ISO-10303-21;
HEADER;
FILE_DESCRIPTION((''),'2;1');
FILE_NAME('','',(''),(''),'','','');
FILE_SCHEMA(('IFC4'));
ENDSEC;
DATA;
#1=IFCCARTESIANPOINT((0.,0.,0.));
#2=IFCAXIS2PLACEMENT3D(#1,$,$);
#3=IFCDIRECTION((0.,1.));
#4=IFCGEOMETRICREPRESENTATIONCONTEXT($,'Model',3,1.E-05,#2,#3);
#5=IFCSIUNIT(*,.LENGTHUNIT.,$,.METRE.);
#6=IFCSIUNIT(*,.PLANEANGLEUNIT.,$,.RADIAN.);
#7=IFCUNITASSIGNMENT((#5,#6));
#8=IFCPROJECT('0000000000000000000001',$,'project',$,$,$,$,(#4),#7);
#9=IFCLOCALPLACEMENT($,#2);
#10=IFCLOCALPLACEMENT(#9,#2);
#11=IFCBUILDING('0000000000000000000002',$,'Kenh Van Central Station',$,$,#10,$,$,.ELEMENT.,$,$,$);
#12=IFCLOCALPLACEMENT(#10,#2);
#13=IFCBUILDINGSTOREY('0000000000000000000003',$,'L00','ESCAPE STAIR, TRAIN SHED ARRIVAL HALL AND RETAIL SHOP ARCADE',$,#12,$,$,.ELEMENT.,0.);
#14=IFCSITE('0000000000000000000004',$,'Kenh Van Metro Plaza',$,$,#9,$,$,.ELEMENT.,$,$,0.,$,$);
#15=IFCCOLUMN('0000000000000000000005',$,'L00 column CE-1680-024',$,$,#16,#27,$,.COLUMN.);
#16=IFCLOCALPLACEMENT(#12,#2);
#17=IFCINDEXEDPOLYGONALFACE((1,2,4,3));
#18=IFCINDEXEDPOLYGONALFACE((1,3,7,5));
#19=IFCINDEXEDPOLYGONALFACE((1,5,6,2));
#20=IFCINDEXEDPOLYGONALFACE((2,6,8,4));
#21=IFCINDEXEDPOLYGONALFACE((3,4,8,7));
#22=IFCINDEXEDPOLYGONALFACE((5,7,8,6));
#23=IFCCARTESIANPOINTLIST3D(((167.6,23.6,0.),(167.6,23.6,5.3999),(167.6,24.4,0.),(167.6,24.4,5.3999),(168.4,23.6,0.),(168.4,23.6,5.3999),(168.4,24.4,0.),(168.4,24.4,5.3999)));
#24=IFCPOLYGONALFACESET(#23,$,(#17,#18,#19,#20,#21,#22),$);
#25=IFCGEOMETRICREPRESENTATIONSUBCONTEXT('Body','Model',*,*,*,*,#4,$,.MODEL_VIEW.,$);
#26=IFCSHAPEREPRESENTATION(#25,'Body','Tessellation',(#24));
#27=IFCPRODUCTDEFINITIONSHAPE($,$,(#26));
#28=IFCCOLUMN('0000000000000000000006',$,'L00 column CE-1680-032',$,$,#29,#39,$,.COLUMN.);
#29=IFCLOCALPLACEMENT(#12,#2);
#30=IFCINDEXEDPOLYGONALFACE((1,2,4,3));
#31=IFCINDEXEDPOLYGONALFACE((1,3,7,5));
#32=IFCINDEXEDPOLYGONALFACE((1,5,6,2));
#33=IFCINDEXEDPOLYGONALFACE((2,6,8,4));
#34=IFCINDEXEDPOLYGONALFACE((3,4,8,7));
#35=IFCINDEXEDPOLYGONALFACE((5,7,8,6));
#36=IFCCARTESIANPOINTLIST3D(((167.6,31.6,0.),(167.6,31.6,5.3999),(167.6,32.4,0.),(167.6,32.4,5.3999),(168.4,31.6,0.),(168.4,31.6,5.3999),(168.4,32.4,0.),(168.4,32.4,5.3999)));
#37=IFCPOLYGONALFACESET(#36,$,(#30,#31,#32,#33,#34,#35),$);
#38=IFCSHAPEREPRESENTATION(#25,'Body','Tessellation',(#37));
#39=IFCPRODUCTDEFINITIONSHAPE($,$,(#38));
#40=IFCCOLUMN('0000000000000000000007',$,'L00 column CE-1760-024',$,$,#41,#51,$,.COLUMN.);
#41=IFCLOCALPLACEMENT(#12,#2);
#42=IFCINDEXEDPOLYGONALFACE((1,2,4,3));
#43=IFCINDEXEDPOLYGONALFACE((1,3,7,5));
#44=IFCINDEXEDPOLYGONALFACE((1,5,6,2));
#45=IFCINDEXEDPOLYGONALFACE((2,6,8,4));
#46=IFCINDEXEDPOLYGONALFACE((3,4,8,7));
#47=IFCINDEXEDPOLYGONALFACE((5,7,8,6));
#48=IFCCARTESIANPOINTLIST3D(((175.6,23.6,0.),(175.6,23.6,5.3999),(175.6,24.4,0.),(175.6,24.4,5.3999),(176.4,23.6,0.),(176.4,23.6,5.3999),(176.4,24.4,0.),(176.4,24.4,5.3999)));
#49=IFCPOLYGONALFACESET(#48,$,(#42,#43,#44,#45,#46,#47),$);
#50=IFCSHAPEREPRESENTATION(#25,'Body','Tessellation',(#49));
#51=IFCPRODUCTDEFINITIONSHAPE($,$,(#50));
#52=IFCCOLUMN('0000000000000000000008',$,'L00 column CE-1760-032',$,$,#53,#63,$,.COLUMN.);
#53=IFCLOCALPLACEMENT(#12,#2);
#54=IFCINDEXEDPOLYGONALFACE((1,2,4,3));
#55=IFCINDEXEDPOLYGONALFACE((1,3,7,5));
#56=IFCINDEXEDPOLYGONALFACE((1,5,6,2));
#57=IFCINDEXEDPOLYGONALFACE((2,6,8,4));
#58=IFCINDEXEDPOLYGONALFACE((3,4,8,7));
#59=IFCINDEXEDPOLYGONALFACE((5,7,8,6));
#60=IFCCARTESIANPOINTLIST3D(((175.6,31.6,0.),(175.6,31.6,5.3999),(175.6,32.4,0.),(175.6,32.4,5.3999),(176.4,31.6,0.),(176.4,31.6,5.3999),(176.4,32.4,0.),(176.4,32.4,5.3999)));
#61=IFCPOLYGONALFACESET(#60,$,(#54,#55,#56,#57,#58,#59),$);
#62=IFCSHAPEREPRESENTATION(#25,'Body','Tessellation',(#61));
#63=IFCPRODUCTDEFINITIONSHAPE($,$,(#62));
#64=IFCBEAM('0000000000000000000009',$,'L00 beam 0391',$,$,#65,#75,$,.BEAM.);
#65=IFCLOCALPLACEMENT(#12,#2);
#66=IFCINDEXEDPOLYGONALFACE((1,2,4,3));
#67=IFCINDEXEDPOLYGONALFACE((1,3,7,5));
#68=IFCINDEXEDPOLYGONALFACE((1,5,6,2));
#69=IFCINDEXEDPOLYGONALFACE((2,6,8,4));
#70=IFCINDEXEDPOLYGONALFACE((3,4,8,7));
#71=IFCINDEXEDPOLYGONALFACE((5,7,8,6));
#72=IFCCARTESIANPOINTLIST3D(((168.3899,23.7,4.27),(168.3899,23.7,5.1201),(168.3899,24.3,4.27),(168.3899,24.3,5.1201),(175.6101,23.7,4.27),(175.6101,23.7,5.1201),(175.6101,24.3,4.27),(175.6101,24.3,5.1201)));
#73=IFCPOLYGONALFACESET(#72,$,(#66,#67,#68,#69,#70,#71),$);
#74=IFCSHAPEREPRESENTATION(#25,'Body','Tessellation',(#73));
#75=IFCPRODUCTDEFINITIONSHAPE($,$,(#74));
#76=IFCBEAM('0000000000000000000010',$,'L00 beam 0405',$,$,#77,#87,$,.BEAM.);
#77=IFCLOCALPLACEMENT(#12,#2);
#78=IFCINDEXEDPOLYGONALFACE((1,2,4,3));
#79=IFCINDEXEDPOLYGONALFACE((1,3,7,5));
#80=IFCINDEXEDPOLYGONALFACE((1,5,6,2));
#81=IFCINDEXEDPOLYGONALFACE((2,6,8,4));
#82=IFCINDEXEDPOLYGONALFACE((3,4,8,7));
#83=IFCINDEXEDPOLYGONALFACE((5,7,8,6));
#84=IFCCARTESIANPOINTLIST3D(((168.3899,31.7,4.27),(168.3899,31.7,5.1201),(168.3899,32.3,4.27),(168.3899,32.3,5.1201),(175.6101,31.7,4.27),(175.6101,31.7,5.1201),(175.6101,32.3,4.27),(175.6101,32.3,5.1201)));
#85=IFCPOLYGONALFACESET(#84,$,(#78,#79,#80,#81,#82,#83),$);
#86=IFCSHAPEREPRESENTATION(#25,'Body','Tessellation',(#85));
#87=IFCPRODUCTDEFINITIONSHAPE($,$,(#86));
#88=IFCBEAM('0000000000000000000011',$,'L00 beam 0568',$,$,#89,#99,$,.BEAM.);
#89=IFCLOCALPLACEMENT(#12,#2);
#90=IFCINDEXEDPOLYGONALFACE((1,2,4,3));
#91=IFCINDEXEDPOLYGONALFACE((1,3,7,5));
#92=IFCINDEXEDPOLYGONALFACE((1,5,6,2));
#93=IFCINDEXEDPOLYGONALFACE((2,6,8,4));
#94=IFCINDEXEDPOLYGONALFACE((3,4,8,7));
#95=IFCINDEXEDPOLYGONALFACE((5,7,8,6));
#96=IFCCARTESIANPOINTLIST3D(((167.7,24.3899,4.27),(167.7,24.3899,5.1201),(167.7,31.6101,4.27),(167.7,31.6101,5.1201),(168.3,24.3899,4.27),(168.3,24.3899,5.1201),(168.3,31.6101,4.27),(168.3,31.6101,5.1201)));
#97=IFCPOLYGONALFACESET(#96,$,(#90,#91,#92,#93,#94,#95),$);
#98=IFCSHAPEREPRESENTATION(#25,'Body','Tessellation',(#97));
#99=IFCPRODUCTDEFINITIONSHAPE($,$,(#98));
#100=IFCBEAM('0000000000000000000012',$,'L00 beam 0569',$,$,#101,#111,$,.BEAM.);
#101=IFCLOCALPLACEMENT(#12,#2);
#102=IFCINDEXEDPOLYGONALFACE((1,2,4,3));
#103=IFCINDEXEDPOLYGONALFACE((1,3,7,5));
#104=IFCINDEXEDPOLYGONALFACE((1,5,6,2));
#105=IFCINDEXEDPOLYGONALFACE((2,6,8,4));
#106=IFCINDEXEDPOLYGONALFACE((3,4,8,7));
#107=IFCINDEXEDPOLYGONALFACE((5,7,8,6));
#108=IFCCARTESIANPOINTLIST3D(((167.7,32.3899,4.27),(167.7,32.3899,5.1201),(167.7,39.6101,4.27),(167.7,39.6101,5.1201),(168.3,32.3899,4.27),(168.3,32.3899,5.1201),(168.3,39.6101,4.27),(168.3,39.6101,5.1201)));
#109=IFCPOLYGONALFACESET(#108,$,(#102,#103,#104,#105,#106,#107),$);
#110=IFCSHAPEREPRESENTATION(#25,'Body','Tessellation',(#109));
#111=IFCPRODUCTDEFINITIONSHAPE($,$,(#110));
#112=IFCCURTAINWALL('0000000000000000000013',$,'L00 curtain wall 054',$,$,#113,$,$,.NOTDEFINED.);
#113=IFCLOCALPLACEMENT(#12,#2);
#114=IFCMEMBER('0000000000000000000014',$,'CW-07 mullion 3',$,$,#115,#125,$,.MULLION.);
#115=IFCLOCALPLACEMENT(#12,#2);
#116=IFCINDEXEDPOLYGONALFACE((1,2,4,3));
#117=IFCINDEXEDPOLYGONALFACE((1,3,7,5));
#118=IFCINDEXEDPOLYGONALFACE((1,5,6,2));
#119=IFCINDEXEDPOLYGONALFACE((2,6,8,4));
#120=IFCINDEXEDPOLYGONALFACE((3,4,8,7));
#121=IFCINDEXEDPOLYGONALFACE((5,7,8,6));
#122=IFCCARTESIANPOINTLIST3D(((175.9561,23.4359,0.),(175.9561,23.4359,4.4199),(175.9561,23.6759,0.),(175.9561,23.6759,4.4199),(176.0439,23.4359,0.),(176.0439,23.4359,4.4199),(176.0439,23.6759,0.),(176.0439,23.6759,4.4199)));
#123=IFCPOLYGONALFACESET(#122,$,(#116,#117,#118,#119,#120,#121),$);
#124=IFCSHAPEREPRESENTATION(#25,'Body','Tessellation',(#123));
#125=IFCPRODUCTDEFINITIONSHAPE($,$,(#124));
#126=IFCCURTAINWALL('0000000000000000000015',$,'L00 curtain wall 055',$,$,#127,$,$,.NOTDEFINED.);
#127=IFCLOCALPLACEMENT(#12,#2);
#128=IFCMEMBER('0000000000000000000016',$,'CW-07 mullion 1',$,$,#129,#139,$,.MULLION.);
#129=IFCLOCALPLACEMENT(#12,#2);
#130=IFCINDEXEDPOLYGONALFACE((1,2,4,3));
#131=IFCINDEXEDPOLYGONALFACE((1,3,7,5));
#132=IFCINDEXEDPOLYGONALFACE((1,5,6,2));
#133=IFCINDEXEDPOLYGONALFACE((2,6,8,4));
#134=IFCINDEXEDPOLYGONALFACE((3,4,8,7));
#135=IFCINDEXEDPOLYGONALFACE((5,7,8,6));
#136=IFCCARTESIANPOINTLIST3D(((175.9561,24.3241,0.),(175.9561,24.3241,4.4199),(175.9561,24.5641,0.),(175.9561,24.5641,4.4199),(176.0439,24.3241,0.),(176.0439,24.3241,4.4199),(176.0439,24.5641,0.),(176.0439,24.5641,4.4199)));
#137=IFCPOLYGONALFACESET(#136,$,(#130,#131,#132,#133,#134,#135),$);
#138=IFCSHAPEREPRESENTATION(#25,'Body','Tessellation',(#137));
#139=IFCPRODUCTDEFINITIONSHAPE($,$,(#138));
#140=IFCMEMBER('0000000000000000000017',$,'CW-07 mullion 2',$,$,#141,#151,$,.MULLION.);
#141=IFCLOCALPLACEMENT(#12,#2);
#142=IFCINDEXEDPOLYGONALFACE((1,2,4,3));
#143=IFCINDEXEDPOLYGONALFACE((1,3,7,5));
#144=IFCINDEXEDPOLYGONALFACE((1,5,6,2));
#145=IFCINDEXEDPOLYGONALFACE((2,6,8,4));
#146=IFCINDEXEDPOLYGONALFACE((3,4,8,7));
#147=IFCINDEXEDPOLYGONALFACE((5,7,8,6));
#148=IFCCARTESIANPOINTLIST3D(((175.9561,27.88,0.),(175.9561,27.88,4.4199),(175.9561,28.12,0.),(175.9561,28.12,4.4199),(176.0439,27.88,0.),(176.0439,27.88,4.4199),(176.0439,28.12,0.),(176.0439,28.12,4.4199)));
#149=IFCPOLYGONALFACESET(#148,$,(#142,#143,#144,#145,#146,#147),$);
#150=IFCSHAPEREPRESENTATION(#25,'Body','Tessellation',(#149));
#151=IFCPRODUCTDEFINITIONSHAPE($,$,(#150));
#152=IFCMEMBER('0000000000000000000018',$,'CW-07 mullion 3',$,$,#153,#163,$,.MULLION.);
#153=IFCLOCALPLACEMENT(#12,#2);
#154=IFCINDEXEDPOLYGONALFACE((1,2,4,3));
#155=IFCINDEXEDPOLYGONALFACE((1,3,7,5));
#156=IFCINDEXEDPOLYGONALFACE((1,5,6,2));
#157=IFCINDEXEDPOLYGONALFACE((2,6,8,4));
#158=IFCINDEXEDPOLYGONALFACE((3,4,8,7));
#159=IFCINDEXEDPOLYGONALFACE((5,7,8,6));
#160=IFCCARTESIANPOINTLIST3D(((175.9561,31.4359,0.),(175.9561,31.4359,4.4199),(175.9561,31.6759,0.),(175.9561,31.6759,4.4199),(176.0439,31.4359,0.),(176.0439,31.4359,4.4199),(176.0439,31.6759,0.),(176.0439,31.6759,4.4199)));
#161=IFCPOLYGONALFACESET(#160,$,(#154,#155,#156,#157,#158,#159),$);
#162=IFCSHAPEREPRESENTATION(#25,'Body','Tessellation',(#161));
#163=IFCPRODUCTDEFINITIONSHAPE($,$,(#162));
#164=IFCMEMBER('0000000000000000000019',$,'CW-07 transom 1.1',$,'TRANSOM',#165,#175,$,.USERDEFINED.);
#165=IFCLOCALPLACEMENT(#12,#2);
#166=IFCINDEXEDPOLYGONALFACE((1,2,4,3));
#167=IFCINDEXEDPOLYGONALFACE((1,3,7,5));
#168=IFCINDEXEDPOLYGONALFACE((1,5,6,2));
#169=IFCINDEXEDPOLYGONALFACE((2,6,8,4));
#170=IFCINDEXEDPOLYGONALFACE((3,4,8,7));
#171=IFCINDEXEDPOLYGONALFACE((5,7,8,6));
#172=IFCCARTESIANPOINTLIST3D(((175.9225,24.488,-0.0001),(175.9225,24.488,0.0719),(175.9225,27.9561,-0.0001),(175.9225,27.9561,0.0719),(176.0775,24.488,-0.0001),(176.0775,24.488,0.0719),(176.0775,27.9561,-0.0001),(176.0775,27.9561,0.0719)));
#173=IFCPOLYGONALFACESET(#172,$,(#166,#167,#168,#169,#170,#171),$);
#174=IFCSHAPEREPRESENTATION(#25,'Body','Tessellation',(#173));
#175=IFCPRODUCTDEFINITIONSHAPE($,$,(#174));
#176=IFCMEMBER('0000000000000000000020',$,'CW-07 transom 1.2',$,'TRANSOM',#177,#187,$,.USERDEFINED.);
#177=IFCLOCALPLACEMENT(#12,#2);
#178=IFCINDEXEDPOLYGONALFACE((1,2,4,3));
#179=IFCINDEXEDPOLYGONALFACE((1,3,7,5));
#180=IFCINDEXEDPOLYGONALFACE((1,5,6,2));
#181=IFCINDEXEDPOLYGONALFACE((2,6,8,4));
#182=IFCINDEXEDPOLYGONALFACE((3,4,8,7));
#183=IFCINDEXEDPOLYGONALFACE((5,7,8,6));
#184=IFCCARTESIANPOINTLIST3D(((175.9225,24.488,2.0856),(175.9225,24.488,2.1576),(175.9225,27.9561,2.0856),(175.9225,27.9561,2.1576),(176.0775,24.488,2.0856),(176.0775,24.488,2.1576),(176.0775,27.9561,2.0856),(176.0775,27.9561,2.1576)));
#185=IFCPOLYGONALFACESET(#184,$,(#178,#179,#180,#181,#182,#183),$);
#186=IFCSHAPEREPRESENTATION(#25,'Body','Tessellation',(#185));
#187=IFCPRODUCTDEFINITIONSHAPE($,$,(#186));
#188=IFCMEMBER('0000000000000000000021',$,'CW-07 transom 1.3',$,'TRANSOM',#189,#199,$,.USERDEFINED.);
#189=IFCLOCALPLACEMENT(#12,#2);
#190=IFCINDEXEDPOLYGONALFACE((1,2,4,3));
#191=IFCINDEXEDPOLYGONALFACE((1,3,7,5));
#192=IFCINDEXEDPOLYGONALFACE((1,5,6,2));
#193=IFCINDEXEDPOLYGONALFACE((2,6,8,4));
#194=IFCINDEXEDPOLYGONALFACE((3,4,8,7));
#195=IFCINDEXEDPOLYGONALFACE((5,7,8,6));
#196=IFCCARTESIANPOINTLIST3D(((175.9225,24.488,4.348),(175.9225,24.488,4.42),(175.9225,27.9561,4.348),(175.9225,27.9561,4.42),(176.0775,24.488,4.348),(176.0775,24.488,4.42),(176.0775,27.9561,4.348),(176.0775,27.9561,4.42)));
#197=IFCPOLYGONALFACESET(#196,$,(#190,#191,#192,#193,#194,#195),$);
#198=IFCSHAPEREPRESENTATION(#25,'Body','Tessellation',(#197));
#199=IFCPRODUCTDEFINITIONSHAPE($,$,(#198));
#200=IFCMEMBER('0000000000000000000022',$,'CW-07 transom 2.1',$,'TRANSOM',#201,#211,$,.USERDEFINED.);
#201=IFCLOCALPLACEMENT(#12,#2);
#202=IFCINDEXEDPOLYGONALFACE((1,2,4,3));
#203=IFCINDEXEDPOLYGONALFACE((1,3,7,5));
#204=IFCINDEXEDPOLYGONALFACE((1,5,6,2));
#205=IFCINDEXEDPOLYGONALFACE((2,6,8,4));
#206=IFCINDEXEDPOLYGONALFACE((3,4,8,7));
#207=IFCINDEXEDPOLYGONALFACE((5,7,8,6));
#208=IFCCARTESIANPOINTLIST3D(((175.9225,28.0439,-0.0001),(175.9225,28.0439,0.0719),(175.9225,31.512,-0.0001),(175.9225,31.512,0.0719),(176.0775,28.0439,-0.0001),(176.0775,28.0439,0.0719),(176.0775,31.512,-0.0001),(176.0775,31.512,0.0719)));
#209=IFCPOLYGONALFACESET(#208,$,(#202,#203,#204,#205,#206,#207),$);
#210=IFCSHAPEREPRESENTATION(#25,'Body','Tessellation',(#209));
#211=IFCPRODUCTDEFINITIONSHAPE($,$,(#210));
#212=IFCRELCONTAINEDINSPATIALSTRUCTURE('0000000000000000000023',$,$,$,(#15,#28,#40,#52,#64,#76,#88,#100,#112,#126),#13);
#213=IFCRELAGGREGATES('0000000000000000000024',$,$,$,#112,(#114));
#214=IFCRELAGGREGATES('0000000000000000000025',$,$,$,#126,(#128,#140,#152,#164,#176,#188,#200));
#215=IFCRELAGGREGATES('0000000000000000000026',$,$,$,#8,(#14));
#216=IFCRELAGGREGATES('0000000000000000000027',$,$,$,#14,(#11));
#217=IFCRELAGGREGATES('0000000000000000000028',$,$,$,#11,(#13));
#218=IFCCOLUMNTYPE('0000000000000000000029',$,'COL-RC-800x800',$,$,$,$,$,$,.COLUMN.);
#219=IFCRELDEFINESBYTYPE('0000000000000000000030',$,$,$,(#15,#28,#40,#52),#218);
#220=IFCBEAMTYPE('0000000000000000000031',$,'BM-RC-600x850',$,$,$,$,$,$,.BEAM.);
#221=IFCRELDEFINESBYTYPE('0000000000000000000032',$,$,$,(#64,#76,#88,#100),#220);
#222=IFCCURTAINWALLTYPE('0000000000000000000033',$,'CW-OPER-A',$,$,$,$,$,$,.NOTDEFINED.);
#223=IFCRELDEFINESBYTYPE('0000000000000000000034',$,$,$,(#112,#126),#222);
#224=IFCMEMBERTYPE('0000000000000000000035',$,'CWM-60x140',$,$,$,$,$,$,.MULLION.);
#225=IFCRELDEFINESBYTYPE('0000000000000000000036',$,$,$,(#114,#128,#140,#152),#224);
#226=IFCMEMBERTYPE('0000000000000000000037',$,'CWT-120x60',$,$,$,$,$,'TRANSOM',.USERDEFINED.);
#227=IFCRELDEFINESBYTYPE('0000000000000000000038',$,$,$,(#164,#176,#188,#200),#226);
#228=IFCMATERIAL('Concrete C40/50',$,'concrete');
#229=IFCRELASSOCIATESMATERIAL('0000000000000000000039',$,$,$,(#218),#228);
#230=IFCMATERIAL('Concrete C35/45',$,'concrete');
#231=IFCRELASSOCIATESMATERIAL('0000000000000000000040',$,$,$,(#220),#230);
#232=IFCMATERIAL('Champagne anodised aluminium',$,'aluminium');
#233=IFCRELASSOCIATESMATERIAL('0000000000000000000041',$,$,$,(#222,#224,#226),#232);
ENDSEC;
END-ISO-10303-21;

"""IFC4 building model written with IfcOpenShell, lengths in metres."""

from ifc_helpers import new_model, si_unit, direction, frame, origin, origin_2d, place, context, subcontext, project, spatial, rectangle, extrude, material, material_profile, profile_set, type_object, element, aggregate, save


model = new_model("IFC4")

# Units and contexts
model_context = context("Model", 3, precision=1e-05, world=origin(), true_north=direction((0.0, 1.0)))
body_context = subcontext(model_context, "Body", "Model", "MODEL_VIEW")
ifc_project = project(units=[si_unit("LENGTHUNIT", "METRE"), si_unit("PLANEANGLEUNIT", "RADIAN")], contexts=[model_context])

# Site, building, storey
site_placement = place(None, origin())
site = spatial("IfcSite", under=ifc_project, at=site_placement, Name="Kenh Van Metro Plaza", CompositionType="ELEMENT", RefElevation=0.0)
building_placement = place(site_placement, origin())
building = spatial("IfcBuilding", under=site, at=building_placement, Name="Kenh Van Central Station", CompositionType="ELEMENT")
storey_placement = place(building_placement, origin())
storey = spatial("IfcBuildingStorey", under=building, at=storey_placement, Name="L00", Description="ESCAPE STAIR, TRAIN SHED ARRIVAL HALL AND RETAIL SHOP ARCADE", CompositionType="ELEMENT", Elevation=0.0)

# Columns
ifc_material_1 = material(Name="Concrete C40/50", Category="concrete")
ifc_material_profile_1 = material_profile(ifc_material_1, rectangle(XDim=0.8, YDim=0.8, at=origin_2d()), Name="RC 800x800")
ifc_profile_set_1 = profile_set([ifc_material_profile_1], Name="Concrete C40/50")
column_type = type_object("IfcColumnType", Name="COL-RC-800x800", PredefinedType="COLUMN", material=ifc_profile_set_1)
for number, where, z_axis, x_axis, name in (
    (1, (168.0, 24.0, 0.0), (0.0, 0.0, 1.0), (1.0, 0.0, 0.0), "L00 column CE-1680-024"),
    (2, (168.0, 32.0, 0.0), (0.0, 0.0, 1.0), (1.0, 0.0, 0.0), "L00 column CE-1680-032"),
    (3, (176.0, 24.0, 0.0), (0.0, 0.0, 1.0), (1.0, 0.0, 0.0), "L00 column CE-1760-024"),
    (4, (176.0, 32.0, 0.0), (0.0, 0.0, 1.0), (1.0, 0.0, 0.0), "L00 column CE-1760-032"),
):
    element("IfcColumn", number, at=place(storey_placement, frame(where, z_axis=z_axis, x_axis=x_axis)), inside=storey, type_object=column_type, Name=name, PredefinedType="COLUMN", context=body_context, shape_type="SweptSolid", body=[
        extrude(rectangle(XDim=0.8, YDim=0.8, at=origin_2d()), origin(), (0.0, 0.0, 1.0), 5.3999),
    ])

# Beams
ifc_material_2 = material(Name="Concrete C35/45", Category="concrete")
ifc_material_profile_2 = material_profile(ifc_material_2, rectangle(XDim=0.6001, YDim=0.8501, at=origin_2d()), Name="RC 600x850")
ifc_profile_set_2 = profile_set([ifc_material_profile_2], Name="Concrete C35/45")
beam_type_1 = type_object("IfcBeamType", Name="BM-RC-600x850", PredefinedType="BEAM", material=ifc_profile_set_2)
for number, where, z_axis, x_axis, name in (
    (5, (168.3899, 24.0, 4.6951), (1.0, 0.0, 0.0), (0.0, 1.0, 0.0), "L00 beam 0391"),
    (6, (168.3899, 32.0, 4.6951), (1.0, 0.0, 0.0), (0.0, 1.0, 0.0), "L00 beam 0405"),
    (7, (168.0, 24.3899, 4.6951), (0.0, 1.0, 0.0), (-1.0, 0.0, 0.0), "L00 beam 0568"),
    (8, (168.0, 32.3899, 4.6951), (0.0, 1.0, 0.0), (-1.0, 0.0, 0.0), "L00 beam 0569"),
):
    element("IfcBeam", number, at=place(storey_placement, frame(where, z_axis=z_axis, x_axis=x_axis)), inside=storey, type_object=beam_type_1, Name=name, PredefinedType="BEAM", context=body_context, shape_type="SweptSolid", body=[
        extrude(rectangle(XDim=0.6001, YDim=0.8501, at=origin_2d()), origin(), (0.0, 0.0, 1.0), 7.2202),
    ])

# Curtain wall, member
ifc_material_3 = material(Name="Champagne anodised aluminium", Category="aluminium")
curtain_wall_type = type_object("IfcCurtainWallType", Name="CW-OPER-A", PredefinedType="NOTDEFINED", material=ifc_material_3)
curtain_wall_1_placement = place(storey_placement, origin())
curtain_wall_1 = element("IfcCurtainWall", 9, at=curtain_wall_1_placement, inside=storey, type_object=curtain_wall_type, Name="L00 curtain wall 054", PredefinedType="NOTDEFINED")
ifc_material_profile_3 = material_profile(ifc_material_3, rectangle(XDim=0.0879, YDim=0.24, at=origin_2d()), Name="AL 88x240")
ifc_profile_set_3 = profile_set([ifc_material_profile_3], Name="Champagne anodised aluminium")
member_type_1 = type_object("IfcMemberType", Name="CWM-60x140", PredefinedType="MULLION", material=ifc_profile_set_3)
member_1_placement = place(storey_placement, frame((176.0, 23.5559, 0.0), z_axis=(0.0, 0.0, 1.0), x_axis=(-1.0, 0.0, 0.0)))
member_1 = element("IfcMember", 10, at=member_1_placement, type_object=member_type_1, Name="CW-07 mullion 3", PredefinedType="MULLION", context=body_context, shape_type="SweptSolid", body=[
    extrude(rectangle(XDim=0.0879, YDim=0.24, at=origin_2d()), origin(), (0.0, 0.0, 1.0), 4.4199),
])

# Curtain wall, members
curtain_wall_2_placement = place(storey_placement, origin())
curtain_wall_2 = element("IfcCurtainWall", 11, at=curtain_wall_2_placement, inside=storey, type_object=curtain_wall_type, Name="L00 curtain wall 055", PredefinedType="NOTDEFINED")
member_2_placement = place(storey_placement, frame((176.0, 24.4441, 0.0), z_axis=(0.0, 0.0, 1.0), x_axis=(-1.0, 0.0, 0.0)))
member_2 = element("IfcMember", 12, at=member_2_placement, type_object=member_type_1, Name="CW-07 mullion 1", PredefinedType="MULLION", context=body_context, shape_type="SweptSolid", body=[
    extrude(rectangle(XDim=0.0879, YDim=0.24, at=origin_2d()), origin(), (0.0, 0.0, 1.0), 4.4199),
])
member_3_placement = place(storey_placement, frame((176.0, 28.0, 0.0), z_axis=(0.0, 0.0, 1.0), x_axis=(-1.0, 0.0, 0.0)))
member_3 = element("IfcMember", 13, at=member_3_placement, type_object=member_type_1, Name="CW-07 mullion 2", PredefinedType="MULLION", context=body_context, shape_type="SweptSolid", body=[
    extrude(rectangle(XDim=0.0879, YDim=0.24, at=origin_2d()), origin(), (0.0, 0.0, 1.0), 4.4199),
])
member_4_placement = place(storey_placement, frame((176.0, 31.5559, 0.0), z_axis=(0.0, 0.0, 1.0), x_axis=(-1.0, 0.0, 0.0)))
member_4 = element("IfcMember", 14, at=member_4_placement, type_object=member_type_1, Name="CW-07 mullion 3", PredefinedType="MULLION", context=body_context, shape_type="SweptSolid", body=[
    extrude(rectangle(XDim=0.0879, YDim=0.24, at=origin_2d()), origin(), (0.0, 0.0, 1.0), 4.4199),
])
ifc_material_profile_4 = material_profile(ifc_material_3, rectangle(XDim=0.155, YDim=0.072, at=origin_2d()), Name="AL 155x72")
ifc_profile_set_4 = profile_set([ifc_material_profile_4], Name="Champagne anodised aluminium")
member_type_2 = type_object("IfcMemberType", Name="CWT-120x60", ElementType="TRANSOM", PredefinedType="USERDEFINED", material=ifc_profile_set_4)
member_5_placement = place(storey_placement, frame((176.0, 24.488, 0.0359), z_axis=(0.0, 1.0, 0.0), x_axis=(-1.0, 0.0, 0.0)))
member_5 = element("IfcMember", 15, at=member_5_placement, type_object=member_type_2, Name="CW-07 transom 1.1", ObjectType="TRANSOM", PredefinedType="USERDEFINED", context=body_context, shape_type="SweptSolid", body=[
    extrude(rectangle(XDim=0.155, YDim=0.072, at=origin_2d()), origin(), (0.0, 0.0, 1.0), 3.468),
])
member_6_placement = place(storey_placement, frame((176.0, 24.488, 2.1216), z_axis=(0.0, 1.0, 0.0), x_axis=(-1.0, 0.0, 0.0)))
member_6 = element("IfcMember", 16, at=member_6_placement, type_object=member_type_2, Name="CW-07 transom 1.2", ObjectType="TRANSOM", PredefinedType="USERDEFINED", context=body_context, shape_type="SweptSolid", body=[
    extrude(rectangle(XDim=0.155, YDim=0.072, at=origin_2d()), origin(), (0.0, 0.0, 1.0), 3.468),
])
member_7_placement = place(storey_placement, frame((176.0, 24.488, 4.384), z_axis=(0.0, 1.0, 0.0), x_axis=(-1.0, 0.0, 0.0)))
member_7 = element("IfcMember", 17, at=member_7_placement, type_object=member_type_2, Name="CW-07 transom 1.3", ObjectType="TRANSOM", PredefinedType="USERDEFINED", context=body_context, shape_type="SweptSolid", body=[
    extrude(rectangle(XDim=0.155, YDim=0.072, at=origin_2d()), origin(), (0.0, 0.0, 1.0), 3.468),
])
member_8_placement = place(storey_placement, frame((176.0, 28.0439, 0.0359), z_axis=(0.0, 1.0, 0.0), x_axis=(-1.0, 0.0, 0.0)))
member_8 = element("IfcMember", 18, at=member_8_placement, type_object=member_type_2, Name="CW-07 transom 2.1", ObjectType="TRANSOM", PredefinedType="USERDEFINED", context=body_context, shape_type="SweptSolid", body=[
    extrude(rectangle(XDim=0.155, YDim=0.072, at=origin_2d()), origin(), (0.0, 0.0, 1.0), 3.468),
])

aggregate(curtain_wall_1, [member_1])
aggregate(curtain_wall_2, [member_2, member_3, member_4, member_5, member_6, member_7, member_8])

save(model, "model.ifc")
